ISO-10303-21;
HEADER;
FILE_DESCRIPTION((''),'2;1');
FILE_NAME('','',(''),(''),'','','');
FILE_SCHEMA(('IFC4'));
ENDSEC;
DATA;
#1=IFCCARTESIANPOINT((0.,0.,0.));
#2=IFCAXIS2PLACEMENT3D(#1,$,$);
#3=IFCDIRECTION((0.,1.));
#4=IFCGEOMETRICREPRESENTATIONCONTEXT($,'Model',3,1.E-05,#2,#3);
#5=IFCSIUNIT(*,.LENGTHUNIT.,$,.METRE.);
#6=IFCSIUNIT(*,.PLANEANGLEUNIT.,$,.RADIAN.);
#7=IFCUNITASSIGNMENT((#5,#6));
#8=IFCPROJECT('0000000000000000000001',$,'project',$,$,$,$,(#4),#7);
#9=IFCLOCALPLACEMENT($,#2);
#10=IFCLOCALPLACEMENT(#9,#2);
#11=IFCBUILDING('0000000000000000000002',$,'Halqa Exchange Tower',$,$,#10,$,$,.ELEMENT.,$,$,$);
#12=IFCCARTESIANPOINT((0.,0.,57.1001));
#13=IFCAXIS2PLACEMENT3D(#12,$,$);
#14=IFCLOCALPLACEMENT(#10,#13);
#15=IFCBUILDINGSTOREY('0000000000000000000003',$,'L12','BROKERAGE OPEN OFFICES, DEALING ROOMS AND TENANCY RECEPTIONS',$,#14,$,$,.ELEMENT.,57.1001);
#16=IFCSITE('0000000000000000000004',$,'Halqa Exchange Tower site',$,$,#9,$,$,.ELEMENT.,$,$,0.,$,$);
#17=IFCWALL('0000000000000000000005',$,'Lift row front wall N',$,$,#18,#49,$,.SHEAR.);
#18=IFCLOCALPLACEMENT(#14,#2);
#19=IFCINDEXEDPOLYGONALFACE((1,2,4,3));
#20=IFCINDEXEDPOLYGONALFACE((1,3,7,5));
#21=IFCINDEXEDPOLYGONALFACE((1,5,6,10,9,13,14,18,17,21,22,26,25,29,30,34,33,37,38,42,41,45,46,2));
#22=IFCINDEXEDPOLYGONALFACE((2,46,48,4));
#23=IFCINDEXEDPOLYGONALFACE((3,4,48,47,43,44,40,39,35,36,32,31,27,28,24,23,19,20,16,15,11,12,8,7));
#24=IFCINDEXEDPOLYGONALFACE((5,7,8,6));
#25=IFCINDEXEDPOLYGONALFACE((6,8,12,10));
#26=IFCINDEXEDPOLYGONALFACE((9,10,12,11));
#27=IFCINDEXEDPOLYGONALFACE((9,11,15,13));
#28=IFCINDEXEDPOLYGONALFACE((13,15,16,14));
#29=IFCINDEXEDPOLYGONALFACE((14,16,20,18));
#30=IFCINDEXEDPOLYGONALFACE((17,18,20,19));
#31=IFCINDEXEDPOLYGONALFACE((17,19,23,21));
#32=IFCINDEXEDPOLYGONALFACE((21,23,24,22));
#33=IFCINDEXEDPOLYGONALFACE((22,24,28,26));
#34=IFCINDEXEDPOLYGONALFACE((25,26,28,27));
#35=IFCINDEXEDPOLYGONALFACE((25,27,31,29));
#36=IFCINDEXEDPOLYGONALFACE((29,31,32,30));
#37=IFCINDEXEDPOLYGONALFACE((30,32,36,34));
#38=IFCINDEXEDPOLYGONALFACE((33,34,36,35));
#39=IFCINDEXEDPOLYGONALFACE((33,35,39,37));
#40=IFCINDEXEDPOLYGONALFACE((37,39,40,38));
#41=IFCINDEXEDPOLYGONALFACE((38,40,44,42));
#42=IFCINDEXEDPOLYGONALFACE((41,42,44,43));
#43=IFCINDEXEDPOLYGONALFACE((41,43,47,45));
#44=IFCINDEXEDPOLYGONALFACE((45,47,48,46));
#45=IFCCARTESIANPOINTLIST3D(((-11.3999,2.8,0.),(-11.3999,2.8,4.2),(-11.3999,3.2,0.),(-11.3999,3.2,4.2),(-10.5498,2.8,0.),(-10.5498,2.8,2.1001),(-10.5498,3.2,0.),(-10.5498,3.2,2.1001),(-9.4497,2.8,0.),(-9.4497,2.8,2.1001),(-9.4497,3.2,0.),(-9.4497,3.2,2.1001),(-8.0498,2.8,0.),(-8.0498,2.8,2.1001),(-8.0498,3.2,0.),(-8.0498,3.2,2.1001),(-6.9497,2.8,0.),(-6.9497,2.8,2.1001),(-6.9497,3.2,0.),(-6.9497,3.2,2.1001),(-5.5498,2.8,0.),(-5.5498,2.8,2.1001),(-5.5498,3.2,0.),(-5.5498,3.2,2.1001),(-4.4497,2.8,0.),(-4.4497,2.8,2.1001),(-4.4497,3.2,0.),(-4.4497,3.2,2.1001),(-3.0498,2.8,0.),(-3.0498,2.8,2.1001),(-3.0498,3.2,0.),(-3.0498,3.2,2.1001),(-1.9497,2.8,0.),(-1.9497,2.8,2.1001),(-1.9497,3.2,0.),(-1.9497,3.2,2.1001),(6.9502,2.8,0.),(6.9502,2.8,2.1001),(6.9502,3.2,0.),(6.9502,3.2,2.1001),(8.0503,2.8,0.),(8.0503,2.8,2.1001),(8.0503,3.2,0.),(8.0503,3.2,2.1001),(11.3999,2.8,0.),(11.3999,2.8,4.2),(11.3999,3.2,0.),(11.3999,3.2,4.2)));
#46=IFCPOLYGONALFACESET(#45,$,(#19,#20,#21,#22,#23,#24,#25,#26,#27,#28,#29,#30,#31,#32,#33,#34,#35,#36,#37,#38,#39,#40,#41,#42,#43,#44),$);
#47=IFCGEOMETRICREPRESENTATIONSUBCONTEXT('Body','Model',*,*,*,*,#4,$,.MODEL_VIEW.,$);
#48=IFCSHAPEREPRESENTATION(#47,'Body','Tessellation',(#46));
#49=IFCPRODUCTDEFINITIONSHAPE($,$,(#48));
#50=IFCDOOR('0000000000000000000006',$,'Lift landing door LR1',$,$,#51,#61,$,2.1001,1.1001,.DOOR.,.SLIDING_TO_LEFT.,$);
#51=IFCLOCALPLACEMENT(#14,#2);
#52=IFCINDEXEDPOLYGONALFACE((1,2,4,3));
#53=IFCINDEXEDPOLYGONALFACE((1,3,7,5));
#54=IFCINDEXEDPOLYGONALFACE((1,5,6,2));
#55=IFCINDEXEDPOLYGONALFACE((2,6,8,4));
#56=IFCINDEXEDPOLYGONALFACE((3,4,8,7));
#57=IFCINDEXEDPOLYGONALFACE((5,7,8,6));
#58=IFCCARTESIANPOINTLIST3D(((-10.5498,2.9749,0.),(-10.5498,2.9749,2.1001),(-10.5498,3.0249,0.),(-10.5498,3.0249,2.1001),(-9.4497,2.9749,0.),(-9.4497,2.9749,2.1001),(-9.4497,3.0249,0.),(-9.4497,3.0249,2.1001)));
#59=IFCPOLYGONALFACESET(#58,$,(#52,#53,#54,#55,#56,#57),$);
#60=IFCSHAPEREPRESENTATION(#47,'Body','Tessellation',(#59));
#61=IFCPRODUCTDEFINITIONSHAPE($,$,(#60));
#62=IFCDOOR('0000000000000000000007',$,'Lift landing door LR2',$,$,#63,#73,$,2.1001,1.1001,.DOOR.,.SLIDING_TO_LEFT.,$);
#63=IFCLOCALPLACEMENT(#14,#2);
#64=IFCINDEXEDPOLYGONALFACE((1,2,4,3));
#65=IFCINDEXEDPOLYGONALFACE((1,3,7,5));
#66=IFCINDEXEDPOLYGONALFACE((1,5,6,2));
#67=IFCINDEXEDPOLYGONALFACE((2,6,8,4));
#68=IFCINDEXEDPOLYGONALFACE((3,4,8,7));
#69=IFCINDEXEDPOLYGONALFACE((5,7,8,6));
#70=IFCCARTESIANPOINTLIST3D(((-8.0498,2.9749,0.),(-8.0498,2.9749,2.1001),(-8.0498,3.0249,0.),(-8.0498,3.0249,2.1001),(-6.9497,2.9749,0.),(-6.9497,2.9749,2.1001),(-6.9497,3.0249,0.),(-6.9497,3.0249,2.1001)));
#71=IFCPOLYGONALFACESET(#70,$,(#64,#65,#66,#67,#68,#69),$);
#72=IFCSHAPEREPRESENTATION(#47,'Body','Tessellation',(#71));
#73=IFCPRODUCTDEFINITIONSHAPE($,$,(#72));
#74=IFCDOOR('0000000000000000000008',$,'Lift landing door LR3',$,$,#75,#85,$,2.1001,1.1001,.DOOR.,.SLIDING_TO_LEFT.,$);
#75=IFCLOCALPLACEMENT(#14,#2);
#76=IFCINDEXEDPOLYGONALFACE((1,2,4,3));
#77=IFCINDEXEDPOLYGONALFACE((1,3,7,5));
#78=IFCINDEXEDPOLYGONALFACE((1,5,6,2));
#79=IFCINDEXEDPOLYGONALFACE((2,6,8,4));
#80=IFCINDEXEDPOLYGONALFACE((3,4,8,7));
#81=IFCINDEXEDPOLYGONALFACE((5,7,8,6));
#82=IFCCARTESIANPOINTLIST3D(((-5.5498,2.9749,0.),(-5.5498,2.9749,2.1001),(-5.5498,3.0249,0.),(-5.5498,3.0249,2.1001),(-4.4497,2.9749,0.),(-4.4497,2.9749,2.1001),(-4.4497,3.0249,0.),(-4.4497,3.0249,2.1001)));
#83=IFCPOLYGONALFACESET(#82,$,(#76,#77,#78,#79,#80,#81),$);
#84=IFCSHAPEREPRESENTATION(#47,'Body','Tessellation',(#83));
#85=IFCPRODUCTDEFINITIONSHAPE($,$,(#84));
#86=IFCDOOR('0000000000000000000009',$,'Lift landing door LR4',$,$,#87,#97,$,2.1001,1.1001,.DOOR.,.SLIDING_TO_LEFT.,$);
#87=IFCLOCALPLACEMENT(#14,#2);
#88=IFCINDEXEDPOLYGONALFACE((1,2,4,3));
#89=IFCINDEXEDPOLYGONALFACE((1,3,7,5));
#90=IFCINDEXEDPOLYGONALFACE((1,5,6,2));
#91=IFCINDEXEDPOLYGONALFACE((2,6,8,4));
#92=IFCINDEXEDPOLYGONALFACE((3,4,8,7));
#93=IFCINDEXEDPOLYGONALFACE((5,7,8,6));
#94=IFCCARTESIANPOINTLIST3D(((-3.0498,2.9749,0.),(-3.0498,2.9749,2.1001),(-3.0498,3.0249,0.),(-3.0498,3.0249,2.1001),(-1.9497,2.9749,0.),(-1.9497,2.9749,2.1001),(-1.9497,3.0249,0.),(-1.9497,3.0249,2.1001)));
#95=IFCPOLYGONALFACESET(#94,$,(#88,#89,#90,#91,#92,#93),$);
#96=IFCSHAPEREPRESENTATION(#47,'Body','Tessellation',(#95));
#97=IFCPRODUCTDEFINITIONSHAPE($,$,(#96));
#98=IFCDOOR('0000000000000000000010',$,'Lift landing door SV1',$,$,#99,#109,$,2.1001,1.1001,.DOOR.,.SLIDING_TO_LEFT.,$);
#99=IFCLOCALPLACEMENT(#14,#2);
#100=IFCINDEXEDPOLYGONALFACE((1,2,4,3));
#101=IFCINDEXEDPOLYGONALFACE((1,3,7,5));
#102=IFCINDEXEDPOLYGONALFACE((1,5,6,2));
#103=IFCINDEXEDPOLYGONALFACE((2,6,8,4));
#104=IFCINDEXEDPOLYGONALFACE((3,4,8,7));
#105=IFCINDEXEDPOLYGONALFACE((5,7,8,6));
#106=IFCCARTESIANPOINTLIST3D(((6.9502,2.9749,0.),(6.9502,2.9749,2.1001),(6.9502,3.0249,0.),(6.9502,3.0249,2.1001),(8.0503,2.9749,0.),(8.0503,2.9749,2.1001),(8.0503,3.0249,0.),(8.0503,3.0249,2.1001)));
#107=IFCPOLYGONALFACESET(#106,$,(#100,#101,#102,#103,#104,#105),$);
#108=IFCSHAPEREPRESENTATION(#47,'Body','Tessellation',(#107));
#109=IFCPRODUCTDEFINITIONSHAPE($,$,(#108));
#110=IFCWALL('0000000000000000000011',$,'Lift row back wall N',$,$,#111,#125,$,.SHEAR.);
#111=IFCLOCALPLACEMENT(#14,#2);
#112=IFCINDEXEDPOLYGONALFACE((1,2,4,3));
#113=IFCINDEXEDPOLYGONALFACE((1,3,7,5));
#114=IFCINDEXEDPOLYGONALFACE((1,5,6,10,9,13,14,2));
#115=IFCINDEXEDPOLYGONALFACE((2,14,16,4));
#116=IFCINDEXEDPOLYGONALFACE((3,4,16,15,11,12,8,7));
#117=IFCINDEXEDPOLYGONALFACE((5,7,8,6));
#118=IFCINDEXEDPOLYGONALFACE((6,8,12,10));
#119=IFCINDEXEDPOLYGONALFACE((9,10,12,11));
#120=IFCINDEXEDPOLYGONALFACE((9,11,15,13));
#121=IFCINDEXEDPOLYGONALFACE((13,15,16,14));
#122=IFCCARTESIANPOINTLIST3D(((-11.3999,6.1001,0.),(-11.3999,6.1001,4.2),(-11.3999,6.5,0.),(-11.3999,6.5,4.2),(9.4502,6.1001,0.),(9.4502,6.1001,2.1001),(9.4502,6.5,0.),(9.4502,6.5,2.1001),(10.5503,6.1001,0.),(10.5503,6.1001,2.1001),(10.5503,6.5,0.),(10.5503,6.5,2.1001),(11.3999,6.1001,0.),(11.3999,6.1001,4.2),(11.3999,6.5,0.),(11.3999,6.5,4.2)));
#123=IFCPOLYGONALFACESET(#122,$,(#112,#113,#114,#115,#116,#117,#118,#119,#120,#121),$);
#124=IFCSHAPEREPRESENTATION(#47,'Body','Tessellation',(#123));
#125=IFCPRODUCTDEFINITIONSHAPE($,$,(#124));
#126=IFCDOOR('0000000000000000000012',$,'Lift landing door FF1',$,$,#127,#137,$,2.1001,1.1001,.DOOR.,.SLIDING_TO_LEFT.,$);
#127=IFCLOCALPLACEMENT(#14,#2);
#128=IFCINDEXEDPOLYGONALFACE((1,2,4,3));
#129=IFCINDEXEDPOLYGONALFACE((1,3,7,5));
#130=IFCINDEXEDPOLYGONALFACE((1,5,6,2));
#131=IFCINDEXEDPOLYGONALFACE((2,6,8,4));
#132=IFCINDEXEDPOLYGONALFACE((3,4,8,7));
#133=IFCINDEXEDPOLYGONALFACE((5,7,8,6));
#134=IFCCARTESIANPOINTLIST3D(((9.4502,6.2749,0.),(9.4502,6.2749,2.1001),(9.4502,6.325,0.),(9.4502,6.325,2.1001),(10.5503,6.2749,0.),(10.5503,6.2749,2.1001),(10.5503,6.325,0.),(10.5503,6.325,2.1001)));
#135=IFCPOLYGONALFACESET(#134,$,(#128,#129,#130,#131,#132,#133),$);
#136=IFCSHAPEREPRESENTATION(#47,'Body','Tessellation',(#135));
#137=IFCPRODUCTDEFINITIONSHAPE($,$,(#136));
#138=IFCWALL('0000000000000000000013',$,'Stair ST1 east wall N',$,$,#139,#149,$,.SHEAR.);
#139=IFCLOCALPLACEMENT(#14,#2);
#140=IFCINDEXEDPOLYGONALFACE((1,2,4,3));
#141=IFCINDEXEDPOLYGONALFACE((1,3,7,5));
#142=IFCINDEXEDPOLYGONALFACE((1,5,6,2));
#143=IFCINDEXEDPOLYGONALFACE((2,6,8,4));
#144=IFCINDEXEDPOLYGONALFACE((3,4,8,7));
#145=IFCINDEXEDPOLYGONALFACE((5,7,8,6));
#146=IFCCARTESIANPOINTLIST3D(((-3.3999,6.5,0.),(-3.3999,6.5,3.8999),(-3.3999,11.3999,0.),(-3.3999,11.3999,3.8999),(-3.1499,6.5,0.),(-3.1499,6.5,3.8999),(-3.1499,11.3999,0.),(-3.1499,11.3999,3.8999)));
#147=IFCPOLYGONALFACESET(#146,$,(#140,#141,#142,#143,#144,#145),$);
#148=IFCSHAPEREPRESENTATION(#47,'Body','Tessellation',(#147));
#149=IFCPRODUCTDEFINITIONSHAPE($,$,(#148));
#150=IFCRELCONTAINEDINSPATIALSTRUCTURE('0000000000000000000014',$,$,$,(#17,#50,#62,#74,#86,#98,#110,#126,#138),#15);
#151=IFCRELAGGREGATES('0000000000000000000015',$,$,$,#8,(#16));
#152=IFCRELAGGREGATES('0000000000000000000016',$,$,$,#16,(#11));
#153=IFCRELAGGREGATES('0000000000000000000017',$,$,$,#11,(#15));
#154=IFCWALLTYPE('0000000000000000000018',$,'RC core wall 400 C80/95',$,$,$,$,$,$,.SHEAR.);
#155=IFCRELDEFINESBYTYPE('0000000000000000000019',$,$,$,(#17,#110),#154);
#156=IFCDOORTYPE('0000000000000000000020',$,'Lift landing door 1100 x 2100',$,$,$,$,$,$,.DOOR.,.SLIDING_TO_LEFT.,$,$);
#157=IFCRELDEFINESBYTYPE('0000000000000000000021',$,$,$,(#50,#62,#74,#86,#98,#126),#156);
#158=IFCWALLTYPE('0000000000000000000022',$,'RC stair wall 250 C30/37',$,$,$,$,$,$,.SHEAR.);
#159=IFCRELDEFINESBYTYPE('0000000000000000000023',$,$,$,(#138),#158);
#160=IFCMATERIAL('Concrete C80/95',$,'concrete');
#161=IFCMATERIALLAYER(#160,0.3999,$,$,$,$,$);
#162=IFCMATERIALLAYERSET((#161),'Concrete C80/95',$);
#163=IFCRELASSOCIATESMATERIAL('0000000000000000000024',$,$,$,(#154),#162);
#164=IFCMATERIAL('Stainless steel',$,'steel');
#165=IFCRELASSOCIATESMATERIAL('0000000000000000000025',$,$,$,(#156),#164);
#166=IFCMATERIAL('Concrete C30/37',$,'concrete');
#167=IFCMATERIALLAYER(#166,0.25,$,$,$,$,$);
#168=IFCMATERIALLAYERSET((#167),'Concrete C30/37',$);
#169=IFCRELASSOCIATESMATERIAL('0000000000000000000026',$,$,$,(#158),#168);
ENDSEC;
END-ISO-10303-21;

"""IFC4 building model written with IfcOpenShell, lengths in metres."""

from ifc_helpers import new_model, si_unit, direction, frame, frame_2d, origin, place, context, subcontext, project, spatial, rectangle, extrude, material, layer, layer_set, type_object, element, fill, save


model = new_model("IFC4")

# Units and contexts
model_context = context("Model", 3, precision=1e-05, world=origin(), true_north=direction((0.0, 1.0)))
body_context = subcontext(model_context, "Body", "Model", "MODEL_VIEW")
ifc_project = project(units=[si_unit("LENGTHUNIT", "METRE"), si_unit("PLANEANGLEUNIT", "RADIAN")], contexts=[model_context])

# Site, building, storey
site_placement = place(None, origin())
site = spatial("IfcSite", under=ifc_project, at=site_placement, Name="Halqa Exchange Tower site", CompositionType="ELEMENT", RefElevation=0.0)
building_placement = place(site_placement, origin())
building = spatial("IfcBuilding", under=site, at=building_placement, Name="Halqa Exchange Tower", CompositionType="ELEMENT")
storey_placement = place(building_placement, frame((0.0, 0.0, 57.1001)))
storey = spatial("IfcBuildingStorey", under=building, at=storey_placement, Name="L12", Description="BROKERAGE OPEN OFFICES, DEALING ROOMS AND TENANCY RECEPTIONS", CompositionType="ELEMENT", Elevation=57.1001)

# Wall, openings, doors
ifc_material_1 = material(Name="Concrete C80/95", Category="concrete")
ifc_layer_1 = layer(ifc_material_1, 0.3999)
ifc_layer_set_1 = layer_set([ifc_layer_1], Name="Concrete C80/95")
wall_type_1 = type_object("IfcWallType", Name="RC core wall 400 C80/95", PredefinedType="SHEAR", material=ifc_layer_set_1)
wall_1_placement = place(storey_placement, frame((-11.3999, 3.0, 0.0), z_axis=(0.0, 0.0, 1.0), x_axis=(1.0, 0.0, 0.0)))
wall_1 = element("IfcWall", 1, at=wall_1_placement, inside=storey, type_object=wall_type_1, Name="Lift row front wall N", PredefinedType="SHEAR", context=body_context, shape_type="SweptSolid", body=[
    extrude(rectangle(XDim=22.7998, YDim=0.3999, at=frame_2d((11.3999, 0.0))), origin(), (0.0, 0.0, 1.0), 4.2),
])
opening_1_placement = place(wall_1_placement, frame((0.8501, 0.0, 0.0)))
opening_1 = element("IfcOpeningElement", 2, at=opening_1_placement, cuts=wall_1, PredefinedType="OPENING", context=body_context, shape_type="SweptSolid", body=[
    extrude(rectangle(XDim=1.1001, YDim=2.1001, at=frame_2d((0.55, 1.05))), frame((0.0, 0.2119, 0.0), z_axis=(0.0, -1.0, 0.0), x_axis=(1.0, 0.0, 0.0)), (0.0, 0.0, 1.0), 0.4238),
])
opening_2_placement = place(wall_1_placement, frame((3.3501, 0.0, 0.0)))
opening_2 = element("IfcOpeningElement", 3, at=opening_2_placement, cuts=wall_1, PredefinedType="OPENING", context=body_context, shape_type="SweptSolid", body=[
    extrude(rectangle(XDim=1.1001, YDim=2.1001, at=frame_2d((0.55, 1.05))), frame((0.0, 0.2119, 0.0), z_axis=(0.0, -1.0, 0.0), x_axis=(1.0, 0.0, 0.0)), (0.0, 0.0, 1.0), 0.4238),
])
opening_3_placement = place(wall_1_placement, frame((5.8501, 0.0, 0.0)))
opening_3 = element("IfcOpeningElement", 4, at=opening_3_placement, cuts=wall_1, PredefinedType="OPENING", context=body_context, shape_type="SweptSolid", body=[
    extrude(rectangle(XDim=1.1001, YDim=2.1001, at=frame_2d((0.55, 1.05))), frame((0.0, 0.2119, 0.0), z_axis=(0.0, -1.0, 0.0), x_axis=(1.0, 0.0, 0.0)), (0.0, 0.0, 1.0), 0.4238),
])
opening_4_placement = place(wall_1_placement, frame((8.3501, 0.0, 0.0)))
opening_4 = element("IfcOpeningElement", 5, at=opening_4_placement, cuts=wall_1, PredefinedType="OPENING", context=body_context, shape_type="SweptSolid", body=[
    extrude(rectangle(XDim=1.1001, YDim=2.1001, at=frame_2d((0.55, 1.05))), frame((0.0, 0.2119, 0.0), z_axis=(0.0, -1.0, 0.0), x_axis=(1.0, 0.0, 0.0)), (0.0, 0.0, 1.0), 0.4238),
])
opening_5_placement = place(wall_1_placement, frame((18.3501, 0.0, 0.0)))
opening_5 = element("IfcOpeningElement", 6, at=opening_5_placement, cuts=wall_1, PredefinedType="OPENING", context=body_context, shape_type="SweptSolid", body=[
    extrude(rectangle(XDim=1.1001, YDim=2.1001, at=frame_2d((0.55, 1.05))), frame((0.0, 0.2119, 0.0), z_axis=(0.0, -1.0, 0.0), x_axis=(1.0, 0.0, 0.0)), (0.0, 0.0, 1.0), 0.4238),
])
ifc_material_2 = material(Name="Stainless steel", Category="steel")
door_type = type_object("IfcDoorType", Name="Lift landing door 1100 x 2100", OperationType="SLIDING_TO_LEFT", PredefinedType="DOOR", material=ifc_material_2)
door_1_placement = place(opening_1_placement, origin())
door_1 = element("IfcDoor", 7, at=door_1_placement, inside=storey, type_object=door_type, Name="Lift landing door LR1", OperationType="SLIDING_TO_LEFT", OverallHeight=2.1001, OverallWidth=1.1001, PredefinedType="DOOR", context=body_context, shape_type="SweptSolid", body=[
    extrude(rectangle(XDim=1.1001, YDim=2.1001, at=frame_2d((0.55, 1.05))), frame((0.0, 0.0249, 0.0), z_axis=(0.0, -1.0, 0.0), x_axis=(1.0, 0.0, 0.0)), (0.0, 0.0, 1.0), 0.05),
])
fill(opening_1, door_1)
door_2_placement = place(opening_2_placement, origin())
door_2 = element("IfcDoor", 8, at=door_2_placement, inside=storey, type_object=door_type, Name="Lift landing door LR2", OperationType="SLIDING_TO_LEFT", OverallHeight=2.1001, OverallWidth=1.1001, PredefinedType="DOOR", context=body_context, shape_type="SweptSolid", body=[
    extrude(rectangle(XDim=1.1001, YDim=2.1001, at=frame_2d((0.55, 1.05))), frame((0.0, 0.0249, 0.0), z_axis=(0.0, -1.0, 0.0), x_axis=(1.0, 0.0, 0.0)), (0.0, 0.0, 1.0), 0.05),
])
fill(opening_2, door_2)
door_3_placement = place(opening_3_placement, origin())
door_3 = element("IfcDoor", 9, at=door_3_placement, inside=storey, type_object=door_type, Name="Lift landing door LR3", OperationType="SLIDING_TO_LEFT", OverallHeight=2.1001, OverallWidth=1.1001, PredefinedType="DOOR", context=body_context, shape_type="SweptSolid", body=[
    extrude(rectangle(XDim=1.1001, YDim=2.1001, at=frame_2d((0.55, 1.05))), frame((0.0, 0.0249, 0.0), z_axis=(0.0, -1.0, 0.0), x_axis=(1.0, 0.0, 0.0)), (0.0, 0.0, 1.0), 0.05),
])
fill(opening_3, door_3)
door_4_placement = place(opening_4_placement, origin())
door_4 = element("IfcDoor", 10, at=door_4_placement, inside=storey, type_object=door_type, Name="Lift landing door LR4", OperationType="SLIDING_TO_LEFT", OverallHeight=2.1001, OverallWidth=1.1001, PredefinedType="DOOR", context=body_context, shape_type="SweptSolid", body=[
    extrude(rectangle(XDim=1.1001, YDim=2.1001, at=frame_2d((0.55, 1.05))), frame((0.0, 0.0249, 0.0), z_axis=(0.0, -1.0, 0.0), x_axis=(1.0, 0.0, 0.0)), (0.0, 0.0, 1.0), 0.05),
])
fill(opening_4, door_4)
door_5_placement = place(opening_5_placement, origin())
door_5 = element("IfcDoor", 11, at=door_5_placement, inside=storey, type_object=door_type, Name="Lift landing door SV1", OperationType="SLIDING_TO_LEFT", OverallHeight=2.1001, OverallWidth=1.1001, PredefinedType="DOOR", context=body_context, shape_type="SweptSolid", body=[
    extrude(rectangle(XDim=1.1001, YDim=2.1001, at=frame_2d((0.55, 1.05))), frame((0.0, 0.0249, 0.0), z_axis=(0.0, -1.0, 0.0), x_axis=(1.0, 0.0, 0.0)), (0.0, 0.0, 1.0), 0.05),
])
fill(opening_5, door_5)

# Wall, opening, door
wall_2_placement = place(storey_placement, frame((-11.3999, 6.3, 0.0), z_axis=(0.0, 0.0, 1.0), x_axis=(1.0, 0.0, 0.0)))
wall_2 = element("IfcWall", 12, at=wall_2_placement, inside=storey, type_object=wall_type_1, Name="Lift row back wall N", PredefinedType="SHEAR", context=body_context, shape_type="SweptSolid", body=[
    extrude(rectangle(XDim=22.7998, YDim=0.3999, at=frame_2d((11.3999, 0.0))), origin(), (0.0, 0.0, 1.0), 4.2),
])
opening_6_placement = place(wall_2_placement, frame((20.8501, 0.0, 0.0)))
opening_6 = element("IfcOpeningElement", 13, at=opening_6_placement, cuts=wall_2, PredefinedType="OPENING", context=body_context, shape_type="SweptSolid", body=[
    extrude(rectangle(XDim=1.1001, YDim=2.1001, at=frame_2d((0.55, 1.05))), frame((0.0, 0.2119, 0.0), z_axis=(0.0, -1.0, 0.0), x_axis=(1.0, 0.0, 0.0)), (0.0, 0.0, 1.0), 0.4238),
])
door_6_placement = place(opening_6_placement, origin())
door_6 = element("IfcDoor", 14, at=door_6_placement, inside=storey, type_object=door_type, Name="Lift landing door FF1", OperationType="SLIDING_TO_LEFT", OverallHeight=2.1001, OverallWidth=1.1001, PredefinedType="DOOR", context=body_context, shape_type="SweptSolid", body=[
    extrude(rectangle(XDim=1.1001, YDim=2.1001, at=frame_2d((0.55, 1.05))), frame((0.0, 0.0249, 0.0), z_axis=(0.0, -1.0, 0.0), x_axis=(1.0, 0.0, 0.0)), (0.0, 0.0, 1.0), 0.05),
])
fill(opening_6, door_6)

# Wall
ifc_material_3 = material(Name="Concrete C30/37", Category="concrete")
ifc_layer_2 = layer(ifc_material_3, 0.25)
ifc_layer_set_2 = layer_set([ifc_layer_2], Name="Concrete C30/37")
wall_type_2 = type_object("IfcWallType", Name="RC stair wall 250 C30/37", PredefinedType="SHEAR", material=ifc_layer_set_2)
wall_3_placement = place(storey_placement, frame((-3.2749, 6.5, 0.0), z_axis=(0.0, 0.0, 1.0), x_axis=(0.0, 1.0, 0.0)))
element("IfcWall", 15, at=wall_3_placement, inside=storey, type_object=wall_type_2, Name="Stair ST1 east wall N", PredefinedType="SHEAR", context=body_context, shape_type="SweptSolid", body=[
    extrude(rectangle(XDim=4.8999, YDim=0.25, at=frame_2d((2.45, 0.0))), origin(), (0.0, 0.0, 1.0), 3.8999),
])

save(model, "model.ifc")
